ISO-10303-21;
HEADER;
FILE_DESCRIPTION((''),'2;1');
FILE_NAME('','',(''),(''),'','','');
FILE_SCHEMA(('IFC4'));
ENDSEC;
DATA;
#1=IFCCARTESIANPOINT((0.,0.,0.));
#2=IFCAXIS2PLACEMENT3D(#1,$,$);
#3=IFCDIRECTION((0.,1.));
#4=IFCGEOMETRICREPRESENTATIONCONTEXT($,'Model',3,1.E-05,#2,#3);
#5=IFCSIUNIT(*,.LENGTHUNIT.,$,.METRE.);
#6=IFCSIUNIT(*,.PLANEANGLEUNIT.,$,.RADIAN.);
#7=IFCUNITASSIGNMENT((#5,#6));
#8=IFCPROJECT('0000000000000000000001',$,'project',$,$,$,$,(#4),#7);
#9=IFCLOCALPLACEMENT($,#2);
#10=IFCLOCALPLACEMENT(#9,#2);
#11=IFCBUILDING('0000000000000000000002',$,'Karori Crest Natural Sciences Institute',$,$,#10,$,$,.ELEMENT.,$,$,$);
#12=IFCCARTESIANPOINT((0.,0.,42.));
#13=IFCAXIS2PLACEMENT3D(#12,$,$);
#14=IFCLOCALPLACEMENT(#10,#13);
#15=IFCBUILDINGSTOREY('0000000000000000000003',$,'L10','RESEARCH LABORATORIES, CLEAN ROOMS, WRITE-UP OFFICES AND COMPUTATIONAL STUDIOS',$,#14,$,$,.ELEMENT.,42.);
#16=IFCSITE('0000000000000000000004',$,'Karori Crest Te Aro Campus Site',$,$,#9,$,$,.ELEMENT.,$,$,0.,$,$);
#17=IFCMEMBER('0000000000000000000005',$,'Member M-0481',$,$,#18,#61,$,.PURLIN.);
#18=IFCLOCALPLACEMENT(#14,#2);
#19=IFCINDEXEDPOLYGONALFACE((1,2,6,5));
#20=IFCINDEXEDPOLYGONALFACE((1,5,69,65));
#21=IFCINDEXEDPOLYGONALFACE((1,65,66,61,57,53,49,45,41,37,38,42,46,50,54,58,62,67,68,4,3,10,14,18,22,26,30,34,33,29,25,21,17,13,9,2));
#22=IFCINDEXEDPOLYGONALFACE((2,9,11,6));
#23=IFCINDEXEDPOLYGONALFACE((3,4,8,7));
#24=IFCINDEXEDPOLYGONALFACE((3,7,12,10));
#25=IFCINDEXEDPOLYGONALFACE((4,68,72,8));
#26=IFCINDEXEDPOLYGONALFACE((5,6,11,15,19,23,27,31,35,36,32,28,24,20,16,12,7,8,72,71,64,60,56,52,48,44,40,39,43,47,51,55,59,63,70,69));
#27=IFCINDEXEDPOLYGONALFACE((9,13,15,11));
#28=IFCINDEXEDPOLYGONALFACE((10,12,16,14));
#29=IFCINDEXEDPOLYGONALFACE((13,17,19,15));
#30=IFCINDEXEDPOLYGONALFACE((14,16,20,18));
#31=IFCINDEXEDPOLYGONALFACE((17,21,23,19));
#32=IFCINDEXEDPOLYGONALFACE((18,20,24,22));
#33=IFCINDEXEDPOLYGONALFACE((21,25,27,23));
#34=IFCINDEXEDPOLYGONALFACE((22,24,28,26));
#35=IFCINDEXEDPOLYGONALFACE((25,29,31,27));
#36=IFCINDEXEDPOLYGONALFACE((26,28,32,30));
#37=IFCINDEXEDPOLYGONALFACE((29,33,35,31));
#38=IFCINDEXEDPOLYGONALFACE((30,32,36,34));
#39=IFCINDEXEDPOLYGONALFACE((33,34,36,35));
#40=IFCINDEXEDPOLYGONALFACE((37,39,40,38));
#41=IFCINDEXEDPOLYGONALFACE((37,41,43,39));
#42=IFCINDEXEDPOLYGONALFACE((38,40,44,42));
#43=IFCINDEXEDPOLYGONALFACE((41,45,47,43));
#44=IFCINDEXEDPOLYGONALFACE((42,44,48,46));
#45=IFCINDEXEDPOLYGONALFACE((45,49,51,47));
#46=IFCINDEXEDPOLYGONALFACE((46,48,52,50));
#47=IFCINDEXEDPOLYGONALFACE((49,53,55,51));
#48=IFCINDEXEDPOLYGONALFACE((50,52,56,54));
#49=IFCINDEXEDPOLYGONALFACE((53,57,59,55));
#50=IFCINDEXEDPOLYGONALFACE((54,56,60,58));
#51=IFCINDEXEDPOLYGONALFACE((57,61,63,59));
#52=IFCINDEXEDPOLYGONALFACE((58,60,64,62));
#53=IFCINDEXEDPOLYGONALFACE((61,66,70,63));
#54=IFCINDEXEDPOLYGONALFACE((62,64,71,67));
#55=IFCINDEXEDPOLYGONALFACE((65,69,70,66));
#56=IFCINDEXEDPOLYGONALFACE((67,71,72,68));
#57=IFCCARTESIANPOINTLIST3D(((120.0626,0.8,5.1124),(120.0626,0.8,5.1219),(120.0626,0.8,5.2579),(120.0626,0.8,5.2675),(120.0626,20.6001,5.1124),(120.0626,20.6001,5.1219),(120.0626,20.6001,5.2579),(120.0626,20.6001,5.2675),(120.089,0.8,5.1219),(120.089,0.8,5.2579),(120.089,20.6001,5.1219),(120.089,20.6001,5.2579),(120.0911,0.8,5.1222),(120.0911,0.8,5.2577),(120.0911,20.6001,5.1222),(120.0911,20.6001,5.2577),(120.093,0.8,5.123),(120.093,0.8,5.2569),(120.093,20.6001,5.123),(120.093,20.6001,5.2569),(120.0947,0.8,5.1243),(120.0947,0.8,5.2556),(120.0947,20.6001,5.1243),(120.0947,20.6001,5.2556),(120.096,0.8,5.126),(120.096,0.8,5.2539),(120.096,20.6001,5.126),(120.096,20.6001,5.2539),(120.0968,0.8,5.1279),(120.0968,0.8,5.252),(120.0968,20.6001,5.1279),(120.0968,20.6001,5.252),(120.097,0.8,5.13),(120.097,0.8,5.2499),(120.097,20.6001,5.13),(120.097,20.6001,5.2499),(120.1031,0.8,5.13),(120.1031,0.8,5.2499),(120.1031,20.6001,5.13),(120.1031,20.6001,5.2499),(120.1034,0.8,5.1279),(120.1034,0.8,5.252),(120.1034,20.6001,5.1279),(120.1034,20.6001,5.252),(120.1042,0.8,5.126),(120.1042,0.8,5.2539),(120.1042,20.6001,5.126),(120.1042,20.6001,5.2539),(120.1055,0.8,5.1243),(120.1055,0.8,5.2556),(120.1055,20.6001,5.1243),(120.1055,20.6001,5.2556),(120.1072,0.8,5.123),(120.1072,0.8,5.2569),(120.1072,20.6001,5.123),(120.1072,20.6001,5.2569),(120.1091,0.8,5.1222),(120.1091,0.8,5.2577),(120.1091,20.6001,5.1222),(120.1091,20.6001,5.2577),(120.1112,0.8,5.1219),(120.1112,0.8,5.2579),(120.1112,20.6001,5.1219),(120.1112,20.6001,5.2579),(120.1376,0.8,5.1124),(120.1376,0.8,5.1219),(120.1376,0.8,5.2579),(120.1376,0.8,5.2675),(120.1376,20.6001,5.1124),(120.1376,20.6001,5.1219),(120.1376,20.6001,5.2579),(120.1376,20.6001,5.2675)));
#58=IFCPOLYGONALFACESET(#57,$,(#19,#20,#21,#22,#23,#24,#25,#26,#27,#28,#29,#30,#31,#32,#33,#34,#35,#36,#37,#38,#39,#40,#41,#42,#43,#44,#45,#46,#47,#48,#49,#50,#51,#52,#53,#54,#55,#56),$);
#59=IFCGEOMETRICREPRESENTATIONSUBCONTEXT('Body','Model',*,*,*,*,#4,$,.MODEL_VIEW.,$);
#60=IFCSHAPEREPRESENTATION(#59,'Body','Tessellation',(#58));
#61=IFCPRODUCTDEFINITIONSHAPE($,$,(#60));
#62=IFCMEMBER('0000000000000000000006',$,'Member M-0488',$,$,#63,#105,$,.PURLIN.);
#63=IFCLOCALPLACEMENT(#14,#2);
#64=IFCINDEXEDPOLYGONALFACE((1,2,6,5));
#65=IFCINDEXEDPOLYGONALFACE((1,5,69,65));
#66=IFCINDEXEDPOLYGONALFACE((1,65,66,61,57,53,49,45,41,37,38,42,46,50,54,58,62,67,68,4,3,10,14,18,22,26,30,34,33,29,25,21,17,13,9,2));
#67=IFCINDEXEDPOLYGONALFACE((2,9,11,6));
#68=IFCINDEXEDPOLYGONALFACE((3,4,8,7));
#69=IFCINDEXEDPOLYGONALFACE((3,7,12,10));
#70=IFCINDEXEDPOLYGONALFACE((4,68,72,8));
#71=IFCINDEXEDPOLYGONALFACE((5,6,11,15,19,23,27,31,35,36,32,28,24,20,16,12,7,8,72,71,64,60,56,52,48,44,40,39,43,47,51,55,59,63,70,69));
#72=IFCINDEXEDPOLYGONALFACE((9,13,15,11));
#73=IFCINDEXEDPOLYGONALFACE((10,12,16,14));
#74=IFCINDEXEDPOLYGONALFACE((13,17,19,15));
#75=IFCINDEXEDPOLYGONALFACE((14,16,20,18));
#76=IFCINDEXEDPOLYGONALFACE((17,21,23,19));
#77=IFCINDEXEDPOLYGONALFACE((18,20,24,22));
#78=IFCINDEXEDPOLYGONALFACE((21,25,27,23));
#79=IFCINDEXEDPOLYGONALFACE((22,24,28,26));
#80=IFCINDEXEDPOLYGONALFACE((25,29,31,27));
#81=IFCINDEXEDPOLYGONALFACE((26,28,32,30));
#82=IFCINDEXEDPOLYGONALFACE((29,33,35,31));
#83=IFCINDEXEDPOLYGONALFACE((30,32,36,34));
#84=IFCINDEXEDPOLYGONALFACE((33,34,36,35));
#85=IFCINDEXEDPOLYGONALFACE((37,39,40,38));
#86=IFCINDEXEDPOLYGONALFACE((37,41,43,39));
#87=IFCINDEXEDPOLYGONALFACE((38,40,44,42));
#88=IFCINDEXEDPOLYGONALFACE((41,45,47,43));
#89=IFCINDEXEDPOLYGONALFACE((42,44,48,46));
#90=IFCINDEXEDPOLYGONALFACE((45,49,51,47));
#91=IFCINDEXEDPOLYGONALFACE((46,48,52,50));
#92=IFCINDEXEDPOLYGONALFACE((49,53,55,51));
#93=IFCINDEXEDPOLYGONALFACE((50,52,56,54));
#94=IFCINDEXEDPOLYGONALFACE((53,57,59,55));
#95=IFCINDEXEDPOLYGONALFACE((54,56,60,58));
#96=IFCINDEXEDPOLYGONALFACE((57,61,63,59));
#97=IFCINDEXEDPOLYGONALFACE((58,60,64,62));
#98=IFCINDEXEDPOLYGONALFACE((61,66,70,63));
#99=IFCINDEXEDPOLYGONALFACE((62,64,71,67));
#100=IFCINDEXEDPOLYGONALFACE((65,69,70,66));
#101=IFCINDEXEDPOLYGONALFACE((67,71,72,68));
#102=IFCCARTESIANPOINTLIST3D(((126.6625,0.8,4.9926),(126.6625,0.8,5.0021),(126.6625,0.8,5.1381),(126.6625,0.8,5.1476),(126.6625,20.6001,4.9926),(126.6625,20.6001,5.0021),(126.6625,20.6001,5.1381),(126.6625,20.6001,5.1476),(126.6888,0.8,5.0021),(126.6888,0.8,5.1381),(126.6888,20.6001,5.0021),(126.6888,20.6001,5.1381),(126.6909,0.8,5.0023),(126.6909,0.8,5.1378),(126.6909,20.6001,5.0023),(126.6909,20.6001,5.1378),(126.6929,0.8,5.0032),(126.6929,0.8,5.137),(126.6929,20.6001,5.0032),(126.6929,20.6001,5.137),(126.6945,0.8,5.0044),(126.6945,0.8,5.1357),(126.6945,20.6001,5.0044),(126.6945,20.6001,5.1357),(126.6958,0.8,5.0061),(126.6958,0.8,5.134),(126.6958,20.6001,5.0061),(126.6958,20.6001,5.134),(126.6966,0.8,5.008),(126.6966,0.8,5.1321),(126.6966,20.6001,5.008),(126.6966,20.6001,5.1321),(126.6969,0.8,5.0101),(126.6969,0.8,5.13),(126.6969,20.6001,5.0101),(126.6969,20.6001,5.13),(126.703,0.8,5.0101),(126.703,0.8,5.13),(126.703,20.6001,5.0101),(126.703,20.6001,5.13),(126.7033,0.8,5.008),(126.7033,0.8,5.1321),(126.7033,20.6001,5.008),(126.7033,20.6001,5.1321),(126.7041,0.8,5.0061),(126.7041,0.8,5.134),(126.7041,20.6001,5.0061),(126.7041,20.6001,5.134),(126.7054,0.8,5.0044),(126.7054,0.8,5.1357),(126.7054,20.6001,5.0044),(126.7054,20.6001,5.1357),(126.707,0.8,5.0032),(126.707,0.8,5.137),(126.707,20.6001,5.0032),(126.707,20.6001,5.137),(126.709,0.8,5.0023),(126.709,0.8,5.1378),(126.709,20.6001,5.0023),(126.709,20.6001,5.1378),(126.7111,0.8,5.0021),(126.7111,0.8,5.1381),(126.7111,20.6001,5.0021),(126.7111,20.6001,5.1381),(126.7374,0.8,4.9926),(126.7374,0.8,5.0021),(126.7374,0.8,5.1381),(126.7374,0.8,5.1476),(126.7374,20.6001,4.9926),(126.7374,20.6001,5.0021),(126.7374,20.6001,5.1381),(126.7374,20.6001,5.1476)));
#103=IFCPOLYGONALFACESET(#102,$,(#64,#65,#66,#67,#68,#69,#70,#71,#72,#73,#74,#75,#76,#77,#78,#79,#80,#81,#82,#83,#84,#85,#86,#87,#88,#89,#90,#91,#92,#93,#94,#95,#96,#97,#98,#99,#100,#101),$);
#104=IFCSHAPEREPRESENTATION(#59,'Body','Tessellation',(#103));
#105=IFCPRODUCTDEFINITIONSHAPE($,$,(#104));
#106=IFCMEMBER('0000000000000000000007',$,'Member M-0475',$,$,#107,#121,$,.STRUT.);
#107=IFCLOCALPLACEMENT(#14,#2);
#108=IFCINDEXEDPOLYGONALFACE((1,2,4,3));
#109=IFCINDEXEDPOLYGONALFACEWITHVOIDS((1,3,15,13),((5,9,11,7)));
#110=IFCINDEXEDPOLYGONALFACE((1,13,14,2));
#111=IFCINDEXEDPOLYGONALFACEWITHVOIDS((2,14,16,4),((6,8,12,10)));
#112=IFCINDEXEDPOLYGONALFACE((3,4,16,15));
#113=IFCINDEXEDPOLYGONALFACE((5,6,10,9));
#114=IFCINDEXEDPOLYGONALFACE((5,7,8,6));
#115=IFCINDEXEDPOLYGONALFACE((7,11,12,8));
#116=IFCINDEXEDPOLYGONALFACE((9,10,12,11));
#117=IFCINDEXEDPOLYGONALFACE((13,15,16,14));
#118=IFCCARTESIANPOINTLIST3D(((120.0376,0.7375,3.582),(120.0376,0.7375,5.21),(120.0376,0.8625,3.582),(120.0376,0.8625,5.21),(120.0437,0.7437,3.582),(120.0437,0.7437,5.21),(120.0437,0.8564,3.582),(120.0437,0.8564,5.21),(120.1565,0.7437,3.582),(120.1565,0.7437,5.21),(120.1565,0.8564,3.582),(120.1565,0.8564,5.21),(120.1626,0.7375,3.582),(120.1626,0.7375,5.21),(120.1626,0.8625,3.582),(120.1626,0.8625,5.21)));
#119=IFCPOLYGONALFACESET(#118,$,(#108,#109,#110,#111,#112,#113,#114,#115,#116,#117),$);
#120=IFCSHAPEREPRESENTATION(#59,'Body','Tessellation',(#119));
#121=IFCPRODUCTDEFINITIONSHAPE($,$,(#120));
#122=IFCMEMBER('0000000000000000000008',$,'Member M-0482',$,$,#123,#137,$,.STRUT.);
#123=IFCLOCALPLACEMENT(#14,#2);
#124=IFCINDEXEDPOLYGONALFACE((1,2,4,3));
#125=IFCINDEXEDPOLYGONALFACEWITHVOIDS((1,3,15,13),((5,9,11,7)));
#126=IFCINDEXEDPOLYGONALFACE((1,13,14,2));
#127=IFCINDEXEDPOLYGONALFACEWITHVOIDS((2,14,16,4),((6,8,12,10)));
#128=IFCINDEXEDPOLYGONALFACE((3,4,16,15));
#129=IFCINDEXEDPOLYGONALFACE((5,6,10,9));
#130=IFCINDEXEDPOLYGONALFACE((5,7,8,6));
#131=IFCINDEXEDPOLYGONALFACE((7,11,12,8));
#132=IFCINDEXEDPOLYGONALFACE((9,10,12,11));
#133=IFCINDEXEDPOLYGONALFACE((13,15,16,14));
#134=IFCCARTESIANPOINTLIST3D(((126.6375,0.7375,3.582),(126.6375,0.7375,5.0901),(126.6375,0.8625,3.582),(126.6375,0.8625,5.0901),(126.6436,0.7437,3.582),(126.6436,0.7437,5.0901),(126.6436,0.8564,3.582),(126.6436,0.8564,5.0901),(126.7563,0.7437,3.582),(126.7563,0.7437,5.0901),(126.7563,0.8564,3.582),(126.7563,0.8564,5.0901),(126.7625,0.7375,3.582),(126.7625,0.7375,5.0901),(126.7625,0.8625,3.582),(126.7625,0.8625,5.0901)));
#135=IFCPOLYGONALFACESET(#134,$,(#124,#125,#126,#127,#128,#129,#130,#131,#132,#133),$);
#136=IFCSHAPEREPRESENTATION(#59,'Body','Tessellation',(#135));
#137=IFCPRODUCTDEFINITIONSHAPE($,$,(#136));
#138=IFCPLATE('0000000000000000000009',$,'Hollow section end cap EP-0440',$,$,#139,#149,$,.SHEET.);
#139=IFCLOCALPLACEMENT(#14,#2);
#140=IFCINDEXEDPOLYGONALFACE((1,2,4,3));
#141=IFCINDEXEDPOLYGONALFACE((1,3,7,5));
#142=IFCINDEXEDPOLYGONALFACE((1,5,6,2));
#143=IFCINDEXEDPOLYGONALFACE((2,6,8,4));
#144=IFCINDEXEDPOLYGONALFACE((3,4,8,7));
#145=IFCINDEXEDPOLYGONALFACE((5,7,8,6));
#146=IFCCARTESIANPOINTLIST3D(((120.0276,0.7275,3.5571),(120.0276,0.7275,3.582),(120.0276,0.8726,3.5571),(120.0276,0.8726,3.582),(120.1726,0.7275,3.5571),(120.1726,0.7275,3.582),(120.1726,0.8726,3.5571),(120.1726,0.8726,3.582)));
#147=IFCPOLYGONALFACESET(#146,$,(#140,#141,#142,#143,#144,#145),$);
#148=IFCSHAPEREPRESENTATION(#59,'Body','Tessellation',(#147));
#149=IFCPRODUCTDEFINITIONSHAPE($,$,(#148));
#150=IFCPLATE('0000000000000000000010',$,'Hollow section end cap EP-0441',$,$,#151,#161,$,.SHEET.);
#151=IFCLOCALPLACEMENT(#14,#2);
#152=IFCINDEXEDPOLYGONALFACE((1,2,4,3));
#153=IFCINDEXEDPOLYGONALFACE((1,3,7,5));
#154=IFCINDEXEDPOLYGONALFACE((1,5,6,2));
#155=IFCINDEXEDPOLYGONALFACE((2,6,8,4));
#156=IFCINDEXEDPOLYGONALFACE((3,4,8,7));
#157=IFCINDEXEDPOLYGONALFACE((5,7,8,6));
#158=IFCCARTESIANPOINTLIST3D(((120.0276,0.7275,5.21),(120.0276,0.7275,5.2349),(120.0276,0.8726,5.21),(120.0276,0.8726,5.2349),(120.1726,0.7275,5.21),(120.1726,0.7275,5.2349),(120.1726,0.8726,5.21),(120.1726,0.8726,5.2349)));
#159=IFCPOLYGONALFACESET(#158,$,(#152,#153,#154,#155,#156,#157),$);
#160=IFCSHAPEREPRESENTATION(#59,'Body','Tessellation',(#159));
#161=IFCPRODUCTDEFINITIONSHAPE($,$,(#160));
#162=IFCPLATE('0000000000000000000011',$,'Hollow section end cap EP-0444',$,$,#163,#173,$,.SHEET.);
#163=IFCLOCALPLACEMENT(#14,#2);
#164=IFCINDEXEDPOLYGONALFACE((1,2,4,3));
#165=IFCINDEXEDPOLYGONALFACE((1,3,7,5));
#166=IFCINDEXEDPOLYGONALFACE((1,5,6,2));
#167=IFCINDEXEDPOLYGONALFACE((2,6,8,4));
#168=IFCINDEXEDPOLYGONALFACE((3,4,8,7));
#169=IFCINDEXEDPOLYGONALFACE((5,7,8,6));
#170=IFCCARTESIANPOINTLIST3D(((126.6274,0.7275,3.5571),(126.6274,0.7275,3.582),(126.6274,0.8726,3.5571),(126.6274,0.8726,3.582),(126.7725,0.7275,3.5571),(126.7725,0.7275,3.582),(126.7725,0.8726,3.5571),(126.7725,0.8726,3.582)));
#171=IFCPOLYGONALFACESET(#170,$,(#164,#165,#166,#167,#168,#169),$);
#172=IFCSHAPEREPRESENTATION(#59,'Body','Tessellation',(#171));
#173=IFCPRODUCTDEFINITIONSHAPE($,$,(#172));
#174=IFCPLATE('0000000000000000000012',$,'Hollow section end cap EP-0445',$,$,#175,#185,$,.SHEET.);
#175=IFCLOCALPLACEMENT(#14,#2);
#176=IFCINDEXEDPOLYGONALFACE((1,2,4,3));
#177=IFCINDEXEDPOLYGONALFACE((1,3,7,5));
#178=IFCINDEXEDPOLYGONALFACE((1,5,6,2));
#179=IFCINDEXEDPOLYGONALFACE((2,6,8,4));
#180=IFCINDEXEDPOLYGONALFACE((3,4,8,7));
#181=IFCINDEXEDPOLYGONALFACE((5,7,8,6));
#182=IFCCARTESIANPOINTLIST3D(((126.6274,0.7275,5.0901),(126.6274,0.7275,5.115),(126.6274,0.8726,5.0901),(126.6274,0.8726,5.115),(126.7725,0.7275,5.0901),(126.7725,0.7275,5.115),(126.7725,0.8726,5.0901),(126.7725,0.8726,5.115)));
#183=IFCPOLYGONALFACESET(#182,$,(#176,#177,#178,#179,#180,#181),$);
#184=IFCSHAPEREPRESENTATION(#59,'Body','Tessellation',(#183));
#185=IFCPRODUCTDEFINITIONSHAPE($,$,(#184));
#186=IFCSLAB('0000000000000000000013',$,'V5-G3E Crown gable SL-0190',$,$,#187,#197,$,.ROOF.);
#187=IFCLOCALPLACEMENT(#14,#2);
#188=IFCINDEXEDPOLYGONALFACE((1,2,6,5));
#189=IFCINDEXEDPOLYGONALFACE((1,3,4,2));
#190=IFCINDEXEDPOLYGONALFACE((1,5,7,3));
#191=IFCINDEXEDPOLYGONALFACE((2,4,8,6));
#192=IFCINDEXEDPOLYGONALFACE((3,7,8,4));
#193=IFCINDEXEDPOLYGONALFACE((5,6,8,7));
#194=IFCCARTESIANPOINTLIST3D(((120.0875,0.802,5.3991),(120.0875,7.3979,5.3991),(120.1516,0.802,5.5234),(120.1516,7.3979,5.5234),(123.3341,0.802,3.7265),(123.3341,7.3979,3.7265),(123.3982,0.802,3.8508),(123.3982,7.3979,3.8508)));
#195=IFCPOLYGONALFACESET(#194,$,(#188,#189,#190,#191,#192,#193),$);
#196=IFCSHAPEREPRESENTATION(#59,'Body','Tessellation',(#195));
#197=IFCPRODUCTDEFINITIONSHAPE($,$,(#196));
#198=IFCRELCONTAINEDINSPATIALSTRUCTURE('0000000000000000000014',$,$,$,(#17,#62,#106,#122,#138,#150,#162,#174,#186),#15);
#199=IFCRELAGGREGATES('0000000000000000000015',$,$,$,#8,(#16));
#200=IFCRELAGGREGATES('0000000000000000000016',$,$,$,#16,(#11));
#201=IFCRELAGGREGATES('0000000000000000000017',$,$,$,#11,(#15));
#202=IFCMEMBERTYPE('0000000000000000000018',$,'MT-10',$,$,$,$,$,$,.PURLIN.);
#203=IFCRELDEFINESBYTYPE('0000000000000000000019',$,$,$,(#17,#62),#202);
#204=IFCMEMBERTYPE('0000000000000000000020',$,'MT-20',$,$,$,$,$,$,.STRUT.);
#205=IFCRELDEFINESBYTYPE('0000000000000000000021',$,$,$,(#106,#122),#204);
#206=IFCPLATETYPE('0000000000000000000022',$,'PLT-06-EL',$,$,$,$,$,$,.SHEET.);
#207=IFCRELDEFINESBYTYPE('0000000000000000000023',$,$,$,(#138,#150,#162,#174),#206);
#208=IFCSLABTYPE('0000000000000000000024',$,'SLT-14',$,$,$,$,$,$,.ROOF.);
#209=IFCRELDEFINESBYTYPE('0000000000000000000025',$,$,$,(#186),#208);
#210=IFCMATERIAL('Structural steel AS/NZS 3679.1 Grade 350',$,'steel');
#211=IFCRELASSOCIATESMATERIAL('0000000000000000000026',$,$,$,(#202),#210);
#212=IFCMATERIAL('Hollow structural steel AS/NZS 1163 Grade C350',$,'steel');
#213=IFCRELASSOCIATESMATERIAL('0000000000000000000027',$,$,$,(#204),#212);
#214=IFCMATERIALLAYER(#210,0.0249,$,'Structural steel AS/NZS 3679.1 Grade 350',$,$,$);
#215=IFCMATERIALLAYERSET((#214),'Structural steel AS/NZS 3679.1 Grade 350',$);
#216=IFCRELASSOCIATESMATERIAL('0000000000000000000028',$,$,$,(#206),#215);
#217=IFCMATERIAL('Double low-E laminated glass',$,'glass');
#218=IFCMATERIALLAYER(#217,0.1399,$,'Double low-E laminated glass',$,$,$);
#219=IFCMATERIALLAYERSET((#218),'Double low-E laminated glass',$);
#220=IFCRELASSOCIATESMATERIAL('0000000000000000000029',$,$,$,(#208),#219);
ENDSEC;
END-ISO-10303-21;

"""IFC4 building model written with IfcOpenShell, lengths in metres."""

from ifc_helpers import new_model, si_unit, direction, frame, origin, origin_2d, place, context, subcontext, project, spatial, polyline, rectangle, hollow_rectangle, i_section, outline, extrude, material, layer, layer_set, material_profile, profile_set, type_object, element, save


model = new_model("IFC4")

# Units and contexts
model_context = context("Model", 3, precision=1e-05, world=origin(), true_north=direction((0.0, 1.0)))
body_context = subcontext(model_context, "Body", "Model", "MODEL_VIEW")
ifc_project = project(units=[si_unit("LENGTHUNIT", "METRE"), si_unit("PLANEANGLEUNIT", "RADIAN")], contexts=[model_context])

# Site, building, storey
site_placement = place(None, origin())
site = spatial("IfcSite", under=ifc_project, at=site_placement, Name="Karori Crest Te Aro Campus Site", CompositionType="ELEMENT", RefElevation=0.0)
building_placement = place(site_placement, origin())
building = spatial("IfcBuilding", under=site, at=building_placement, Name="Karori Crest Natural Sciences Institute", CompositionType="ELEMENT")
storey_placement = place(building_placement, frame((0.0, 0.0, 42.0)))
storey = spatial("IfcBuildingStorey", under=building, at=storey_placement, Name="L10", Description="RESEARCH LABORATORIES, CLEAN ROOMS, WRITE-UP OFFICES AND COMPUTATIONAL STUDIOS", CompositionType="ELEMENT", Elevation=42.0)

# Shared definitions
ifc_material_1 = material(Name="Structural steel AS/NZS 3679.1 Grade 350", Category="steel")
ifc_material_2 = material(Name="Hollow structural steel AS/NZS 1163 Grade C350", Category="steel")

# Members
ifc_material_profile_1 = material_profile(ifc_material_1, i_section(OverallWidth=0.075, OverallDepth=0.155, WebThickness=0.0061, FlangeThickness=0.0095, FilletRadius=0.0081, at=origin_2d()), Name="150UB18.0")
ifc_profile_set_1 = profile_set([ifc_material_profile_1], Name="Structural steel AS/NZS 3679.1 Grade 350")
member_type_1 = type_object("IfcMemberType", Name="MT-10", PredefinedType="PURLIN", material=ifc_profile_set_1)
for number, where, z_axis, x_axis, name in (
    (1, (120.1001, 0.8, 5.1899), (0.0, 1.0, 0.0), (-1.0, 0.0, 0.0), "Member M-0481"),
    (2, (126.7, 0.8, 5.0701), (0.0, 1.0, 0.0), (-1.0, 0.0, 0.0), "Member M-0488"),
):
    element("IfcMember", number, at=place(storey_placement, frame(where, z_axis=z_axis, x_axis=x_axis)), inside=storey, type_object=member_type_1, Name=name, PredefinedType="PURLIN", context=body_context, shape_type="SweptSolid", body=[
        extrude(i_section(OverallWidth=0.075, OverallDepth=0.155, WebThickness=0.0061, FlangeThickness=0.0095, FilletRadius=0.0081, at=origin_2d()), origin(), (0.0, 0.0, 1.0), 19.8),
    ])
ifc_material_profile_2 = material_profile(ifc_material_2, hollow_rectangle(XDim=0.125, YDim=0.125, WallThickness=0.0061, at=origin_2d()), Name="SHS125x125x6")
ifc_profile_set_2 = profile_set([ifc_material_profile_2], Name="Hollow structural steel AS/NZS 1163 Grade C350")
member_type_2 = type_object("IfcMemberType", Name="MT-20", PredefinedType="STRUT", material=ifc_profile_set_2)
member_1_placement = place(storey_placement, frame((120.1001, 0.8, 3.582), z_axis=(0.0, 0.0, 1.0), x_axis=(1.0, 0.0, 0.0)))
element("IfcMember", 3, at=member_1_placement, inside=storey, type_object=member_type_2, Name="Member M-0475", PredefinedType="STRUT", context=body_context, shape_type="SweptSolid", body=[
    extrude(hollow_rectangle(XDim=0.125, YDim=0.125, WallThickness=0.0061, at=origin_2d()), origin(), (0.0, 0.0, 1.0), 1.6279),
])
member_2_placement = place(storey_placement, frame((126.7, 0.8, 3.582), z_axis=(0.0, 0.0, 1.0), x_axis=(1.0, 0.0, 0.0)))
element("IfcMember", 4, at=member_2_placement, inside=storey, type_object=member_type_2, Name="Member M-0482", PredefinedType="STRUT", context=body_context, shape_type="SweptSolid", body=[
    extrude(hollow_rectangle(XDim=0.125, YDim=0.125, WallThickness=0.0061, at=origin_2d()), origin(), (0.0, 0.0, 1.0), 1.5081),
])

# Plates
ifc_layer_1 = layer(ifc_material_1, 0.0249, Name="Structural steel AS/NZS 3679.1 Grade 350")
ifc_layer_set_1 = layer_set([ifc_layer_1], Name="Structural steel AS/NZS 3679.1 Grade 350")
plate_type = type_object("IfcPlateType", Name="PLT-06-EL", PredefinedType="SHEET", material=ifc_layer_set_1)
for number, where, z_axis, x_axis, name in (
    (5, (120.1001, 0.8, 3.5571), (0.0, 0.0, 1.0), (1.0, 0.0, 0.0), "Hollow section end cap EP-0440"),
    (6, (120.1001, 0.8, 5.21), (0.0, 0.0, 1.0), (1.0, 0.0, 0.0), "Hollow section end cap EP-0441"),
    (7, (126.7, 0.8, 3.5571), (0.0, 0.0, 1.0), (1.0, 0.0, 0.0), "Hollow section end cap EP-0444"),
    (8, (126.7, 0.8, 5.0901), (0.0, 0.0, 1.0), (1.0, 0.0, 0.0), "Hollow section end cap EP-0445"),
):
    element("IfcPlate", number, at=place(storey_placement, frame(where, z_axis=z_axis, x_axis=x_axis)), inside=storey, type_object=plate_type, Name=name, PredefinedType="SHEET", context=body_context, shape_type="SweptSolid", body=[
        extrude(rectangle(XDim=0.145, YDim=0.145, at=origin_2d()), origin(), (0.0, 0.0, 1.0), 0.0249),
    ])

# Slab
ifc_material_3 = material(Name="Double low-E laminated glass", Category="glass")
ifc_layer_2 = layer(ifc_material_3, 0.1399, Name="Double low-E laminated glass")
ifc_layer_set_2 = layer_set([ifc_layer_2], Name="Double low-E laminated glass")
slab_type = type_object("IfcSlabType", Name="SLT-14", PredefinedType="ROOF", material=ifc_layer_set_2)
slab_1_placement = place(storey_placement, frame((120.1516, 0.802, 5.5234), z_axis=(0.457984, 0.0, 0.888961), x_axis=(0.888961, 0.0, -0.457984)))
element("IfcSlab", 9, at=slab_1_placement, inside=storey, type_object=slab_type, Name="V5-G3E Crown gable SL-0190", PredefinedType="ROOF", context=body_context, shape_type="SweptSolid", body=[
    extrude(outline(polyline([(0.0, 0.0), (3.6521, 0.0), (3.6521, 6.5959), (0.0, 6.5959), (0.0, 0.0)])), origin(), (0.0, 0.0, -1.0), 0.1399),
])

save(model, "model.ifc")
